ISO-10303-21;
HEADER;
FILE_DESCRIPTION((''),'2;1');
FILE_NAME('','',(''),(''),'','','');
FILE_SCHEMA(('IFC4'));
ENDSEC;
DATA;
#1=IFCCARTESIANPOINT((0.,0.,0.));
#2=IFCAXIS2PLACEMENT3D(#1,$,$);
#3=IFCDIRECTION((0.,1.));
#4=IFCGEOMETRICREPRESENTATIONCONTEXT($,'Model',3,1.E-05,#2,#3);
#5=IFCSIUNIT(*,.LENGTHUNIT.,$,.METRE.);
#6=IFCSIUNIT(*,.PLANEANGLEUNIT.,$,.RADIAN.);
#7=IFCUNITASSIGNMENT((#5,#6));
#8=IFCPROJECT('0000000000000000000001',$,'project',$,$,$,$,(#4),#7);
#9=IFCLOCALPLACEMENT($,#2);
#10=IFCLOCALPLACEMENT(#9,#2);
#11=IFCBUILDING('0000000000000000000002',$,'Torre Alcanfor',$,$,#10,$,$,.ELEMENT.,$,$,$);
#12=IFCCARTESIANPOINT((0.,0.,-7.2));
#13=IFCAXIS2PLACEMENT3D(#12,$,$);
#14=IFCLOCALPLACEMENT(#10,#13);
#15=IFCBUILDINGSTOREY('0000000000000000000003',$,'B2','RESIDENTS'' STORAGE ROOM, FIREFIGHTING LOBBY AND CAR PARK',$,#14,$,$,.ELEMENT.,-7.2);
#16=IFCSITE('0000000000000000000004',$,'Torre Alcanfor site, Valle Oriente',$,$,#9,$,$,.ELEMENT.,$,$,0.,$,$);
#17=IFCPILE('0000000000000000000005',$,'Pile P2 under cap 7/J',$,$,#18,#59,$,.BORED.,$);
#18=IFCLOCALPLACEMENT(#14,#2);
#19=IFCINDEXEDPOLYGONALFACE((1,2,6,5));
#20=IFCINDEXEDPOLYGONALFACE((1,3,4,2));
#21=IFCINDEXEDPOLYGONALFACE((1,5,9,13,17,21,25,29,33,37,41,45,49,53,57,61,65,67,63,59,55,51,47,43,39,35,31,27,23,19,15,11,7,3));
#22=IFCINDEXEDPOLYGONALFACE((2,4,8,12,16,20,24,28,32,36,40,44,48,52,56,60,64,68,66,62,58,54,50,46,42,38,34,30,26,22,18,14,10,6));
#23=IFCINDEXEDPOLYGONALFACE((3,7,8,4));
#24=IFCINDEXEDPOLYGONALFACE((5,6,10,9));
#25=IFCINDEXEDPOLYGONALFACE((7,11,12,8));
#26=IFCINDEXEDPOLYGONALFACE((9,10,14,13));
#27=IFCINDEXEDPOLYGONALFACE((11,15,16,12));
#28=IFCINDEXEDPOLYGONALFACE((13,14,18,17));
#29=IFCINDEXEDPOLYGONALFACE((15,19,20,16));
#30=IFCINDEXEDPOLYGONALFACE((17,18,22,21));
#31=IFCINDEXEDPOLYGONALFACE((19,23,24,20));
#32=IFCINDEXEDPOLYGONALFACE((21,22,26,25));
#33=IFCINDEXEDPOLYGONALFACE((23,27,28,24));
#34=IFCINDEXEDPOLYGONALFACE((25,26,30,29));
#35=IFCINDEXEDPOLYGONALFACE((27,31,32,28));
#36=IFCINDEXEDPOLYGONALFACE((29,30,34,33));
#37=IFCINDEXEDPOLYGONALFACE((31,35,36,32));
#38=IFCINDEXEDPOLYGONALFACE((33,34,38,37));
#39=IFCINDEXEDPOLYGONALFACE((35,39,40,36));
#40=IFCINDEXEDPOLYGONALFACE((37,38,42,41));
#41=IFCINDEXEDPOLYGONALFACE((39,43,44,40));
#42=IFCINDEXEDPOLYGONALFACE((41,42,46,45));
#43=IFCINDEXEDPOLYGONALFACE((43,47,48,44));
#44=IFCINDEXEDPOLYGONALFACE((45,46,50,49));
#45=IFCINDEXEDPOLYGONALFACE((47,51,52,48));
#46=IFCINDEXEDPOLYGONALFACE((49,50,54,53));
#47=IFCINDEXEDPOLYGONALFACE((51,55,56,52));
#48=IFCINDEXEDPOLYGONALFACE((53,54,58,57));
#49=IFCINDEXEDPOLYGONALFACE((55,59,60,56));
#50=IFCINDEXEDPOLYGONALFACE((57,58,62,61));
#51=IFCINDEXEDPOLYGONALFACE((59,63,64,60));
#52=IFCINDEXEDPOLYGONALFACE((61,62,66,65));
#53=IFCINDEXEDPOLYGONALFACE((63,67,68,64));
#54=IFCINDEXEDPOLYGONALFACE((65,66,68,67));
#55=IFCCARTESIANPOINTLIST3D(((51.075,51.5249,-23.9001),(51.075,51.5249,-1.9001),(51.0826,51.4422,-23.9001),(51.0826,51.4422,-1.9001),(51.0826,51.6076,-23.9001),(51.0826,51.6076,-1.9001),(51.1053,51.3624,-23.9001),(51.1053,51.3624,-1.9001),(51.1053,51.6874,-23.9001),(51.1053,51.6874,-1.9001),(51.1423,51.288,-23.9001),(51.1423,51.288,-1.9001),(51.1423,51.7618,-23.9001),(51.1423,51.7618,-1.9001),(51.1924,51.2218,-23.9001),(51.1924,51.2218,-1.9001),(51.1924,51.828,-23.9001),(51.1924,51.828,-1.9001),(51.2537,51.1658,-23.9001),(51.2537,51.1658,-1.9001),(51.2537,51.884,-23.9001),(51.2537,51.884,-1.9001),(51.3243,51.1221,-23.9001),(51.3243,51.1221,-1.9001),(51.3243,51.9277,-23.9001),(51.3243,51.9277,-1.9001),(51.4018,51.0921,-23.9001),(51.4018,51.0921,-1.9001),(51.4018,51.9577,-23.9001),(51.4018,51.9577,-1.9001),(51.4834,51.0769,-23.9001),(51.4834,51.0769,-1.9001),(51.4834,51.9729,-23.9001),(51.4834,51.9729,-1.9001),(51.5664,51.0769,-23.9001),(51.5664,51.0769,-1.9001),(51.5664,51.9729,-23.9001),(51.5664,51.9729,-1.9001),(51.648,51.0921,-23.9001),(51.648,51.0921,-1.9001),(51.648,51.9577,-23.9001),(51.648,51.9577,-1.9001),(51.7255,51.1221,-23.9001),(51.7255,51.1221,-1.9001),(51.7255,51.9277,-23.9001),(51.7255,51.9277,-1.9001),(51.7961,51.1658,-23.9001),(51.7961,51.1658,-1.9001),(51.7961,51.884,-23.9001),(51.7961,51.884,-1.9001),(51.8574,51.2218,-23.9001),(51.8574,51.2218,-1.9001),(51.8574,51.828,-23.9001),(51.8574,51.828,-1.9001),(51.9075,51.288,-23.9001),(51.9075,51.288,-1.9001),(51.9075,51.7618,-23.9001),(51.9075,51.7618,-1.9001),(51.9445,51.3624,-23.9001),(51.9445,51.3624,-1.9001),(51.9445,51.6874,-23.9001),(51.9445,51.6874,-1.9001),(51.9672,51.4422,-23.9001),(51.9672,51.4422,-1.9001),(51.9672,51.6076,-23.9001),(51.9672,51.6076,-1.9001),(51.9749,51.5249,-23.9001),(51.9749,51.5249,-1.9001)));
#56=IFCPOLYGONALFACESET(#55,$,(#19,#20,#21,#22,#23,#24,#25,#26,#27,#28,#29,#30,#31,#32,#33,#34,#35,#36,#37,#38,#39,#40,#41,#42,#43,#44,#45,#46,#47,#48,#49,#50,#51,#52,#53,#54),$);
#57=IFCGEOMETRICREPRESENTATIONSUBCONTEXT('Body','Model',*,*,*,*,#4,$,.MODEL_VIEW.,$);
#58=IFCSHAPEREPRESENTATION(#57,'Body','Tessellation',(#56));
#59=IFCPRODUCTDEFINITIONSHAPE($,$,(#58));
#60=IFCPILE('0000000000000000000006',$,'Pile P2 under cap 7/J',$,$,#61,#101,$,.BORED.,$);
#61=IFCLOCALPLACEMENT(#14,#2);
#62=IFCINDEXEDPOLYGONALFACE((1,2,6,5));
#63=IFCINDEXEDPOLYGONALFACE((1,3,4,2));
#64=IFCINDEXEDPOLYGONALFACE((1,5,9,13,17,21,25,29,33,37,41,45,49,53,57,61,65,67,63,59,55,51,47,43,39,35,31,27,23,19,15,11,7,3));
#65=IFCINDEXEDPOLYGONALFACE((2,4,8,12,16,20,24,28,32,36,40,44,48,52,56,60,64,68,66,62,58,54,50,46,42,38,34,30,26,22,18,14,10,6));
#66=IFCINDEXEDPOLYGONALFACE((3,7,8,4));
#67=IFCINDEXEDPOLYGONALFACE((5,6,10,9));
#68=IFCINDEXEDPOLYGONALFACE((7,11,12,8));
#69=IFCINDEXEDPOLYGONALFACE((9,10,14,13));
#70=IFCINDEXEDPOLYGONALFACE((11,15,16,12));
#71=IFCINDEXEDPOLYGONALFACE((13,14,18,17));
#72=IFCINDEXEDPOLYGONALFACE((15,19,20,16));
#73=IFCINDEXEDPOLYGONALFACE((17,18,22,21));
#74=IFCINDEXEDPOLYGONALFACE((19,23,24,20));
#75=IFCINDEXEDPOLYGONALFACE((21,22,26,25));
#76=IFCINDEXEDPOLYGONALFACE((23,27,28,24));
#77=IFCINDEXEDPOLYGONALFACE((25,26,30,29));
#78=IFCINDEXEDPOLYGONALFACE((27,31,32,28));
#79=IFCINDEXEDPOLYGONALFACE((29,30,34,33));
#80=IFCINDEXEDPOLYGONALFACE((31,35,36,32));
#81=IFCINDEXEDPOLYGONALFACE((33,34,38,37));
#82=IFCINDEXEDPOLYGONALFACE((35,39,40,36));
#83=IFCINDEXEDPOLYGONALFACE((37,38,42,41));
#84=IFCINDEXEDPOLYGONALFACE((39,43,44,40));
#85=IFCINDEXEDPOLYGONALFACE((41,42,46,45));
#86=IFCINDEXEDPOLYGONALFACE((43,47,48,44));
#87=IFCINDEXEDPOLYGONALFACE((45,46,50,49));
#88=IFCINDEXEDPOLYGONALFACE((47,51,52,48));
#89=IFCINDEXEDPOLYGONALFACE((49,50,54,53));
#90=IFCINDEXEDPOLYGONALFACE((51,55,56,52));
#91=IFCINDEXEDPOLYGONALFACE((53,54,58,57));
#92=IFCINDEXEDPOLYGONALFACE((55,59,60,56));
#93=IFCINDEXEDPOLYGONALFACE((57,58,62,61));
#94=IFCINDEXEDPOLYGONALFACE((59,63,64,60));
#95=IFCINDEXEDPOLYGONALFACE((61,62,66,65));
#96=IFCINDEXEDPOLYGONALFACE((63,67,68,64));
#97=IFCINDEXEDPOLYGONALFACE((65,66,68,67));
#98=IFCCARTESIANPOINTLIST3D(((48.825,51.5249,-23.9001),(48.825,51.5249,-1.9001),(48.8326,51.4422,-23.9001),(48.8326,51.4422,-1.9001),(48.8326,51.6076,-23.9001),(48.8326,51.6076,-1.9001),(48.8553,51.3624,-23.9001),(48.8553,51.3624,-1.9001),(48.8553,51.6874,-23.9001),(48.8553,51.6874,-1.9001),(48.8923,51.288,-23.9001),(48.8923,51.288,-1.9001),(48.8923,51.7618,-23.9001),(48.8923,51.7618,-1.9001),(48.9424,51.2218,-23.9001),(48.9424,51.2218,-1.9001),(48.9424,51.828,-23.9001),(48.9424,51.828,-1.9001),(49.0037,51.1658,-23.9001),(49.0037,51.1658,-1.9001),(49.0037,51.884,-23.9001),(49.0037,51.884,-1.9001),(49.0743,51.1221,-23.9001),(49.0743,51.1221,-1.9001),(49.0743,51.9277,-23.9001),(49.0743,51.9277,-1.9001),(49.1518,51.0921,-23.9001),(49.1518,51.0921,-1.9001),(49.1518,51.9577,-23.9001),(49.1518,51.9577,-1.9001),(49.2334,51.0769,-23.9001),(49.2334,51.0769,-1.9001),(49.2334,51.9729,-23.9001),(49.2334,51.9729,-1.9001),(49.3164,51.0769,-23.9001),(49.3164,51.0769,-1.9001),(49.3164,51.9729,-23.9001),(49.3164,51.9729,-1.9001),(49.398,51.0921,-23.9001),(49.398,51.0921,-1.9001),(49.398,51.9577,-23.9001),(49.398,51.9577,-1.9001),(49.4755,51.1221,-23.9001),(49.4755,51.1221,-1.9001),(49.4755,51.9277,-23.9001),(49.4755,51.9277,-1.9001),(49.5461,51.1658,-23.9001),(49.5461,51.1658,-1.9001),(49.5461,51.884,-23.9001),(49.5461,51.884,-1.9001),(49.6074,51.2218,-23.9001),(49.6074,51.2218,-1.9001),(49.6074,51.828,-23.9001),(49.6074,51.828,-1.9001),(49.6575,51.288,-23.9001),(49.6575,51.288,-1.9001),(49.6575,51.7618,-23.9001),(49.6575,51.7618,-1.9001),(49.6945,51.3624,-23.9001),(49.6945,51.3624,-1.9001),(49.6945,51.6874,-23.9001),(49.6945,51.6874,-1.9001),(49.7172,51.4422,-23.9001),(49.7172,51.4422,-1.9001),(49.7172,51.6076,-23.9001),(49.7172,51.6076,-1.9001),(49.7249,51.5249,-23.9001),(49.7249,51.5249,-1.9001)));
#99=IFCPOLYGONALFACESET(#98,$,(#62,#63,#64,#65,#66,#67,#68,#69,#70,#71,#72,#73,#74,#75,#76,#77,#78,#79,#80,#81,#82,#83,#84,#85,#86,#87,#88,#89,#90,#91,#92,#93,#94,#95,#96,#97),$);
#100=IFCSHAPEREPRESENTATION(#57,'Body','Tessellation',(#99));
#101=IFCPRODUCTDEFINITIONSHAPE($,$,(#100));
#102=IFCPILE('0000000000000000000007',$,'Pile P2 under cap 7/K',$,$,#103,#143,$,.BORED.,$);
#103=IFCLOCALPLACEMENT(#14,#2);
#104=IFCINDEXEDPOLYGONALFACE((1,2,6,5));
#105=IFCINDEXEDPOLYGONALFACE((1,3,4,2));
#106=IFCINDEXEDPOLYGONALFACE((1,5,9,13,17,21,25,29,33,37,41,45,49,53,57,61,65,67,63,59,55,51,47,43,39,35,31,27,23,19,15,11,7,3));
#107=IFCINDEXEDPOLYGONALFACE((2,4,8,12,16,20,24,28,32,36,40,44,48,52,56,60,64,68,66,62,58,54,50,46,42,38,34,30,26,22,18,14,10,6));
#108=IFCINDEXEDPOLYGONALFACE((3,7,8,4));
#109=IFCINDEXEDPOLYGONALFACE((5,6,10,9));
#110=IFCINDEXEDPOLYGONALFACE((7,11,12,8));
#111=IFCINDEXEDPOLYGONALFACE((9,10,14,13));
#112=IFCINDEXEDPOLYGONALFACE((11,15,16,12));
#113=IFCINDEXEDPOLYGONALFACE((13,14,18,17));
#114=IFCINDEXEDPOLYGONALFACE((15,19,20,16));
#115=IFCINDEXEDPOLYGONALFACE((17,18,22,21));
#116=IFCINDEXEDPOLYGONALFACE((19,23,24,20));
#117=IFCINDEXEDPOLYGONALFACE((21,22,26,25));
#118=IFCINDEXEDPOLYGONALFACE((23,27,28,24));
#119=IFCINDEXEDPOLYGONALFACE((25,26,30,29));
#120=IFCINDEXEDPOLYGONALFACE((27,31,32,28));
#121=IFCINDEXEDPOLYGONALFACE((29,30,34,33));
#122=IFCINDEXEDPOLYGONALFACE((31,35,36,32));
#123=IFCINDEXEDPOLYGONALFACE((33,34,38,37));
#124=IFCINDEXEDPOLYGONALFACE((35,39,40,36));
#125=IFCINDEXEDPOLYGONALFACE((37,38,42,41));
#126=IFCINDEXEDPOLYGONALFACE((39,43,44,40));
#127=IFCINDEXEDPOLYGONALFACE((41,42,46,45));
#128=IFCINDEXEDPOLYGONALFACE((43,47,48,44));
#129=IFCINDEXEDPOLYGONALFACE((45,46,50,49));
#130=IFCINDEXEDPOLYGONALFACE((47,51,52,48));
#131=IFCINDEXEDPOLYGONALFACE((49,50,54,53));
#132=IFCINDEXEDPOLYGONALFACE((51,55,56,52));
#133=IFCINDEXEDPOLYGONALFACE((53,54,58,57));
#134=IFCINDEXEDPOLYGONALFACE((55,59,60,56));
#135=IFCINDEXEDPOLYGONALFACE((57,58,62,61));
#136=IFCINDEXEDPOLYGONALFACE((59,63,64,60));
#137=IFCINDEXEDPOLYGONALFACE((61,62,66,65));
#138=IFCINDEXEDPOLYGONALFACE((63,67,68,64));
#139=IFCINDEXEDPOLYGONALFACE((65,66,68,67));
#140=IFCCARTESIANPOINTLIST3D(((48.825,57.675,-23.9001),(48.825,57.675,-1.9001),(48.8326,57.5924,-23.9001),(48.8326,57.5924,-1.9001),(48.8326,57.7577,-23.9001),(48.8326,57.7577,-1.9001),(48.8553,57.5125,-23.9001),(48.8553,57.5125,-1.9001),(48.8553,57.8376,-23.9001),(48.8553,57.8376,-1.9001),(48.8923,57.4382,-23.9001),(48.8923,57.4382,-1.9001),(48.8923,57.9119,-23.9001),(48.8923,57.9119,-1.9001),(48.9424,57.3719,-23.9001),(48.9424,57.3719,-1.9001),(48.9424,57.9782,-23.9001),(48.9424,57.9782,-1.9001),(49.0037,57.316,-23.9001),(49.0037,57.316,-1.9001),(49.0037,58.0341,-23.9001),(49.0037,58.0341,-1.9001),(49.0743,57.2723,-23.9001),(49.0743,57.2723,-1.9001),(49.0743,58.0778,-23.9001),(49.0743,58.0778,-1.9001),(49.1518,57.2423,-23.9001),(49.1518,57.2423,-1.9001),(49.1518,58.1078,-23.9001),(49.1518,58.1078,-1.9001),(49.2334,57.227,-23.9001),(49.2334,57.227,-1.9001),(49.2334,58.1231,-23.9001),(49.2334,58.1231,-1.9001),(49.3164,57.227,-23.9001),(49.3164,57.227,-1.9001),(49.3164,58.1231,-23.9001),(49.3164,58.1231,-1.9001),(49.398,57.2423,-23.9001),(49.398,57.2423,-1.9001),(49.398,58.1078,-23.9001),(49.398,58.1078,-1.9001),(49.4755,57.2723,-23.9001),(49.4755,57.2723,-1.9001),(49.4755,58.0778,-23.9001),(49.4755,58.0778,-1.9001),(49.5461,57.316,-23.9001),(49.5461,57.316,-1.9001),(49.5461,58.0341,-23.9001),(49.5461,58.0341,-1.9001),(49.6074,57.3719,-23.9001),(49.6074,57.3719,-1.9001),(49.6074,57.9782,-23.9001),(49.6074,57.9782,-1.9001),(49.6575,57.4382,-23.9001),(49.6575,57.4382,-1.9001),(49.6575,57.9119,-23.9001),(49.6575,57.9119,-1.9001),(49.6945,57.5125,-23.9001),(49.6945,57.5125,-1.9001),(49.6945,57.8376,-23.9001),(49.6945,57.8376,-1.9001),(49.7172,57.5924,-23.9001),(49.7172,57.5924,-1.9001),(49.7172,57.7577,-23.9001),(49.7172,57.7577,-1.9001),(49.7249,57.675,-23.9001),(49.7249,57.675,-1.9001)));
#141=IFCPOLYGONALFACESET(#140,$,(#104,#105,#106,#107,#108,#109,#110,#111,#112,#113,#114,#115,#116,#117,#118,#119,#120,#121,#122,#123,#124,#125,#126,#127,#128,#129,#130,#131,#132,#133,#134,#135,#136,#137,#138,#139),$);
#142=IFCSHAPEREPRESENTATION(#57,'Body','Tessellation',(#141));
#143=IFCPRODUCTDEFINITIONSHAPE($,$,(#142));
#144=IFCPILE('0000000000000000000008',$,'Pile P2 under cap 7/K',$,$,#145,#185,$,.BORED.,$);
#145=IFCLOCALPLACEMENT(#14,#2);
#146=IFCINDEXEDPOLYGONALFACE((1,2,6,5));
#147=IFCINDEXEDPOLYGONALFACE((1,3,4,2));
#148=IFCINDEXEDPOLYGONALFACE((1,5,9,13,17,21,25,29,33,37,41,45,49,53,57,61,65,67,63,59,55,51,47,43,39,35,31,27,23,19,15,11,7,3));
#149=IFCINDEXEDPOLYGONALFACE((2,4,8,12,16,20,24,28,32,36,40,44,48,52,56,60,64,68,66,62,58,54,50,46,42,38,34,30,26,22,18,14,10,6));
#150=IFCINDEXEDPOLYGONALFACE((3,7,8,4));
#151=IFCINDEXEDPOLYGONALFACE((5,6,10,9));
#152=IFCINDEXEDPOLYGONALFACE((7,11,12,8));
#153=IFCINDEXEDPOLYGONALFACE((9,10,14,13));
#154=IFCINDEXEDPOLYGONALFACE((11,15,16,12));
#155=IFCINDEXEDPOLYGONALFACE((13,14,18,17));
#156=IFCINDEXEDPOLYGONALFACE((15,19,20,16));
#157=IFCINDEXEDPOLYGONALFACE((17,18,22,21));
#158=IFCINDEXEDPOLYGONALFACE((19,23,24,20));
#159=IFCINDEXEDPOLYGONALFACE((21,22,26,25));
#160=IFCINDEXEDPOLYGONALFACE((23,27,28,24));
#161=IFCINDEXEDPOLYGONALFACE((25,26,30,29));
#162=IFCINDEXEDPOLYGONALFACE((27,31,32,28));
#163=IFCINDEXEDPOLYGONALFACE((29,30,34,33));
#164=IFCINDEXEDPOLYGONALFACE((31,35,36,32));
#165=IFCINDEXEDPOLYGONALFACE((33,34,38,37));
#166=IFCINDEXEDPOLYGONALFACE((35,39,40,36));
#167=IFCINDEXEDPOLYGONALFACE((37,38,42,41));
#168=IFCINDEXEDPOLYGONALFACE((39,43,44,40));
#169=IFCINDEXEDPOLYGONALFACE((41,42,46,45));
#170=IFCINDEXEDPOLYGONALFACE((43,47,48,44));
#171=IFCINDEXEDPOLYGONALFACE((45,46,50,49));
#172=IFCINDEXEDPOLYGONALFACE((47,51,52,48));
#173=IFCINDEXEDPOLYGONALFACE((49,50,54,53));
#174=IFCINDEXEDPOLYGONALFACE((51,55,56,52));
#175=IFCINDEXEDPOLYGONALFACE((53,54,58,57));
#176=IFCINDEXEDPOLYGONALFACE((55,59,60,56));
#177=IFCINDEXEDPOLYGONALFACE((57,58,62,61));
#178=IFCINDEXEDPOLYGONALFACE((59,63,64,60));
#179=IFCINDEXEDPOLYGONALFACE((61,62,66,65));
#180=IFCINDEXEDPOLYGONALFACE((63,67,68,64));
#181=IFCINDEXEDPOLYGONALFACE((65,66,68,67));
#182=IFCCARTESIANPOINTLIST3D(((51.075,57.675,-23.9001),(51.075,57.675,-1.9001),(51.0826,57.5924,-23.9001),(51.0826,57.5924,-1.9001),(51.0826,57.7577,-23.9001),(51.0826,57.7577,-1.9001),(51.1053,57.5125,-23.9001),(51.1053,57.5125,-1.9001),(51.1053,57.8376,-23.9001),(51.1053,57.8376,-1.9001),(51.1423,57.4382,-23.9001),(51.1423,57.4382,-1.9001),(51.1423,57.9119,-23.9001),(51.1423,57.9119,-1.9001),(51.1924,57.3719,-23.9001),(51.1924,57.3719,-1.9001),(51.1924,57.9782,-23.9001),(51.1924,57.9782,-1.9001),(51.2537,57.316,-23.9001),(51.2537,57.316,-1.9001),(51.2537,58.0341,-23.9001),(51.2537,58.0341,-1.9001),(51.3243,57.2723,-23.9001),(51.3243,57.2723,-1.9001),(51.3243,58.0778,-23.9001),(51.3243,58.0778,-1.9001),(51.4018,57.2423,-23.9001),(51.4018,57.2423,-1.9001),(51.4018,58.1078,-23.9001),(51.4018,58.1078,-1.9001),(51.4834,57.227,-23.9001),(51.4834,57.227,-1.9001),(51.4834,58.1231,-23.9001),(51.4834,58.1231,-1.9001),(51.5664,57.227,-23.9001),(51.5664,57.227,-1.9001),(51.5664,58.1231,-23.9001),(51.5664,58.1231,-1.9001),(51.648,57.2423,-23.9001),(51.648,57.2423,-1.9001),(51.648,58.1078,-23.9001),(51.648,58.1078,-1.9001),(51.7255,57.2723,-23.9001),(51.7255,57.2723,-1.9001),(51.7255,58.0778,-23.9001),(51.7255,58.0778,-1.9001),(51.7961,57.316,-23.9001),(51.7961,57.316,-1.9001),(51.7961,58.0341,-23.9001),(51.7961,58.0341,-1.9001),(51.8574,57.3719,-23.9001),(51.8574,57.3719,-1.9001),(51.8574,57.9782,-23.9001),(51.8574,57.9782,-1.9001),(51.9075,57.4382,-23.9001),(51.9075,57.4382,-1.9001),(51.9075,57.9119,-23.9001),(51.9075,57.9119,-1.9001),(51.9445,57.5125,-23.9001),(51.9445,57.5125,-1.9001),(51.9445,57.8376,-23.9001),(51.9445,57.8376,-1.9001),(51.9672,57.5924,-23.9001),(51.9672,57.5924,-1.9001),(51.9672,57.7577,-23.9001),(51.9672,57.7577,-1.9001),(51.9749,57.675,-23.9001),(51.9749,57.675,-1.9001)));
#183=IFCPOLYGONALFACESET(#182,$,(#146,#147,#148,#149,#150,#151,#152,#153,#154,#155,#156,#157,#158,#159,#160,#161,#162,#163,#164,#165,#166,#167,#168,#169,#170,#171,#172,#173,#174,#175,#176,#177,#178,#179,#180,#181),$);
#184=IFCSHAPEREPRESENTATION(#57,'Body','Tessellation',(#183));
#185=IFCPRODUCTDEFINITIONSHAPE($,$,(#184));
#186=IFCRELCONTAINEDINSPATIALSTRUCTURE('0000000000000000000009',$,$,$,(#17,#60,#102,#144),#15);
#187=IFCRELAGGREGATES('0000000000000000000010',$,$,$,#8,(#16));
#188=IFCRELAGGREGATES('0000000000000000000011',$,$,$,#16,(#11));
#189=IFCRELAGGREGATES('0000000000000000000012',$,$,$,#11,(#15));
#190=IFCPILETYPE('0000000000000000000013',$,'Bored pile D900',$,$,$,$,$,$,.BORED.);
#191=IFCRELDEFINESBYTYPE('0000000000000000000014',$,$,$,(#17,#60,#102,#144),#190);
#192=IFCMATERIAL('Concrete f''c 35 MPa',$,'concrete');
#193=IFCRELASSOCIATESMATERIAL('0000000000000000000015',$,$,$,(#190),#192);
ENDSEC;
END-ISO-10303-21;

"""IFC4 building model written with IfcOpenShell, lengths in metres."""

from ifc_helpers import new_model, si_unit, direction, frame, origin, origin_2d, place, context, subcontext, project, spatial, circle, extrude, material, material_profile, profile_set, type_object, element, save


model = new_model("IFC4")

# Units and contexts
model_context = context("Model", 3, precision=1e-05, world=origin(), true_north=direction((0.0, 1.0)))
body_context = subcontext(model_context, "Body", "Model", "MODEL_VIEW")
ifc_project = project(units=[si_unit("LENGTHUNIT", "METRE"), si_unit("PLANEANGLEUNIT", "RADIAN")], contexts=[model_context])

# Site, building, storey
site_placement = place(None, origin())
site = spatial("IfcSite", under=ifc_project, at=site_placement, Name="Torre Alcanfor site, Valle Oriente", CompositionType="ELEMENT", RefElevation=0.0)
building_placement = place(site_placement, origin())
building = spatial("IfcBuilding", under=site, at=building_placement, Name="Torre Alcanfor", CompositionType="ELEMENT")
storey_placement = place(building_placement, frame((0.0, 0.0, -7.2)))
storey = spatial("IfcBuildingStorey", under=building, at=storey_placement, Name="B2", Description="RESIDENTS' STORAGE ROOM, FIREFIGHTING LOBBY AND CAR PARK", CompositionType="ELEMENT", Elevation=-7.2)

# Piles
ifc_material_1 = material(Name="Concrete f'c 35 MPa", Category="concrete")
ifc_material_profile_1 = material_profile(ifc_material_1, circle(Radius=0.45, at=origin_2d()), Name="D900")
ifc_profile_set_1 = profile_set([ifc_material_profile_1], Name="Concrete f'c 35 MPa")
pile_type = type_object("IfcPileType", Name="Bored pile D900", PredefinedType="BORED", material=ifc_profile_set_1)
for number, where, z_axis, x_axis, name in (
    (1, (51.5249, 51.5249, -1.9001), (0.0, 0.0, -1.0), (1.0, 0.0, 0.0), "Pile P2 under cap 7/J"),
    (2, (49.2749, 51.5249, -1.9001), (0.0, 0.0, -1.0), (1.0, 0.0, 0.0), "Pile P2 under cap 7/J"),
    (3, (49.2749, 57.675, -1.9001), (0.0, 0.0, -1.0), (1.0, 0.0, 0.0), "Pile P2 under cap 7/K"),
    (4, (51.5249, 57.675, -1.9001), (0.0, 0.0, -1.0), (1.0, 0.0, 0.0), "Pile P2 under cap 7/K"),
):
    element("IfcPile", number, at=place(storey_placement, frame(where, z_axis=z_axis, x_axis=x_axis)), inside=storey, type_object=pile_type, Name=name, PredefinedType="BORED", context=body_context, shape_type="SweptSolid", body=[
        extrude(circle(Radius=0.45, at=origin_2d()), origin(), (0.0, 0.0, 1.0), 22.0),
    ])

save(model, "model.ifc")
